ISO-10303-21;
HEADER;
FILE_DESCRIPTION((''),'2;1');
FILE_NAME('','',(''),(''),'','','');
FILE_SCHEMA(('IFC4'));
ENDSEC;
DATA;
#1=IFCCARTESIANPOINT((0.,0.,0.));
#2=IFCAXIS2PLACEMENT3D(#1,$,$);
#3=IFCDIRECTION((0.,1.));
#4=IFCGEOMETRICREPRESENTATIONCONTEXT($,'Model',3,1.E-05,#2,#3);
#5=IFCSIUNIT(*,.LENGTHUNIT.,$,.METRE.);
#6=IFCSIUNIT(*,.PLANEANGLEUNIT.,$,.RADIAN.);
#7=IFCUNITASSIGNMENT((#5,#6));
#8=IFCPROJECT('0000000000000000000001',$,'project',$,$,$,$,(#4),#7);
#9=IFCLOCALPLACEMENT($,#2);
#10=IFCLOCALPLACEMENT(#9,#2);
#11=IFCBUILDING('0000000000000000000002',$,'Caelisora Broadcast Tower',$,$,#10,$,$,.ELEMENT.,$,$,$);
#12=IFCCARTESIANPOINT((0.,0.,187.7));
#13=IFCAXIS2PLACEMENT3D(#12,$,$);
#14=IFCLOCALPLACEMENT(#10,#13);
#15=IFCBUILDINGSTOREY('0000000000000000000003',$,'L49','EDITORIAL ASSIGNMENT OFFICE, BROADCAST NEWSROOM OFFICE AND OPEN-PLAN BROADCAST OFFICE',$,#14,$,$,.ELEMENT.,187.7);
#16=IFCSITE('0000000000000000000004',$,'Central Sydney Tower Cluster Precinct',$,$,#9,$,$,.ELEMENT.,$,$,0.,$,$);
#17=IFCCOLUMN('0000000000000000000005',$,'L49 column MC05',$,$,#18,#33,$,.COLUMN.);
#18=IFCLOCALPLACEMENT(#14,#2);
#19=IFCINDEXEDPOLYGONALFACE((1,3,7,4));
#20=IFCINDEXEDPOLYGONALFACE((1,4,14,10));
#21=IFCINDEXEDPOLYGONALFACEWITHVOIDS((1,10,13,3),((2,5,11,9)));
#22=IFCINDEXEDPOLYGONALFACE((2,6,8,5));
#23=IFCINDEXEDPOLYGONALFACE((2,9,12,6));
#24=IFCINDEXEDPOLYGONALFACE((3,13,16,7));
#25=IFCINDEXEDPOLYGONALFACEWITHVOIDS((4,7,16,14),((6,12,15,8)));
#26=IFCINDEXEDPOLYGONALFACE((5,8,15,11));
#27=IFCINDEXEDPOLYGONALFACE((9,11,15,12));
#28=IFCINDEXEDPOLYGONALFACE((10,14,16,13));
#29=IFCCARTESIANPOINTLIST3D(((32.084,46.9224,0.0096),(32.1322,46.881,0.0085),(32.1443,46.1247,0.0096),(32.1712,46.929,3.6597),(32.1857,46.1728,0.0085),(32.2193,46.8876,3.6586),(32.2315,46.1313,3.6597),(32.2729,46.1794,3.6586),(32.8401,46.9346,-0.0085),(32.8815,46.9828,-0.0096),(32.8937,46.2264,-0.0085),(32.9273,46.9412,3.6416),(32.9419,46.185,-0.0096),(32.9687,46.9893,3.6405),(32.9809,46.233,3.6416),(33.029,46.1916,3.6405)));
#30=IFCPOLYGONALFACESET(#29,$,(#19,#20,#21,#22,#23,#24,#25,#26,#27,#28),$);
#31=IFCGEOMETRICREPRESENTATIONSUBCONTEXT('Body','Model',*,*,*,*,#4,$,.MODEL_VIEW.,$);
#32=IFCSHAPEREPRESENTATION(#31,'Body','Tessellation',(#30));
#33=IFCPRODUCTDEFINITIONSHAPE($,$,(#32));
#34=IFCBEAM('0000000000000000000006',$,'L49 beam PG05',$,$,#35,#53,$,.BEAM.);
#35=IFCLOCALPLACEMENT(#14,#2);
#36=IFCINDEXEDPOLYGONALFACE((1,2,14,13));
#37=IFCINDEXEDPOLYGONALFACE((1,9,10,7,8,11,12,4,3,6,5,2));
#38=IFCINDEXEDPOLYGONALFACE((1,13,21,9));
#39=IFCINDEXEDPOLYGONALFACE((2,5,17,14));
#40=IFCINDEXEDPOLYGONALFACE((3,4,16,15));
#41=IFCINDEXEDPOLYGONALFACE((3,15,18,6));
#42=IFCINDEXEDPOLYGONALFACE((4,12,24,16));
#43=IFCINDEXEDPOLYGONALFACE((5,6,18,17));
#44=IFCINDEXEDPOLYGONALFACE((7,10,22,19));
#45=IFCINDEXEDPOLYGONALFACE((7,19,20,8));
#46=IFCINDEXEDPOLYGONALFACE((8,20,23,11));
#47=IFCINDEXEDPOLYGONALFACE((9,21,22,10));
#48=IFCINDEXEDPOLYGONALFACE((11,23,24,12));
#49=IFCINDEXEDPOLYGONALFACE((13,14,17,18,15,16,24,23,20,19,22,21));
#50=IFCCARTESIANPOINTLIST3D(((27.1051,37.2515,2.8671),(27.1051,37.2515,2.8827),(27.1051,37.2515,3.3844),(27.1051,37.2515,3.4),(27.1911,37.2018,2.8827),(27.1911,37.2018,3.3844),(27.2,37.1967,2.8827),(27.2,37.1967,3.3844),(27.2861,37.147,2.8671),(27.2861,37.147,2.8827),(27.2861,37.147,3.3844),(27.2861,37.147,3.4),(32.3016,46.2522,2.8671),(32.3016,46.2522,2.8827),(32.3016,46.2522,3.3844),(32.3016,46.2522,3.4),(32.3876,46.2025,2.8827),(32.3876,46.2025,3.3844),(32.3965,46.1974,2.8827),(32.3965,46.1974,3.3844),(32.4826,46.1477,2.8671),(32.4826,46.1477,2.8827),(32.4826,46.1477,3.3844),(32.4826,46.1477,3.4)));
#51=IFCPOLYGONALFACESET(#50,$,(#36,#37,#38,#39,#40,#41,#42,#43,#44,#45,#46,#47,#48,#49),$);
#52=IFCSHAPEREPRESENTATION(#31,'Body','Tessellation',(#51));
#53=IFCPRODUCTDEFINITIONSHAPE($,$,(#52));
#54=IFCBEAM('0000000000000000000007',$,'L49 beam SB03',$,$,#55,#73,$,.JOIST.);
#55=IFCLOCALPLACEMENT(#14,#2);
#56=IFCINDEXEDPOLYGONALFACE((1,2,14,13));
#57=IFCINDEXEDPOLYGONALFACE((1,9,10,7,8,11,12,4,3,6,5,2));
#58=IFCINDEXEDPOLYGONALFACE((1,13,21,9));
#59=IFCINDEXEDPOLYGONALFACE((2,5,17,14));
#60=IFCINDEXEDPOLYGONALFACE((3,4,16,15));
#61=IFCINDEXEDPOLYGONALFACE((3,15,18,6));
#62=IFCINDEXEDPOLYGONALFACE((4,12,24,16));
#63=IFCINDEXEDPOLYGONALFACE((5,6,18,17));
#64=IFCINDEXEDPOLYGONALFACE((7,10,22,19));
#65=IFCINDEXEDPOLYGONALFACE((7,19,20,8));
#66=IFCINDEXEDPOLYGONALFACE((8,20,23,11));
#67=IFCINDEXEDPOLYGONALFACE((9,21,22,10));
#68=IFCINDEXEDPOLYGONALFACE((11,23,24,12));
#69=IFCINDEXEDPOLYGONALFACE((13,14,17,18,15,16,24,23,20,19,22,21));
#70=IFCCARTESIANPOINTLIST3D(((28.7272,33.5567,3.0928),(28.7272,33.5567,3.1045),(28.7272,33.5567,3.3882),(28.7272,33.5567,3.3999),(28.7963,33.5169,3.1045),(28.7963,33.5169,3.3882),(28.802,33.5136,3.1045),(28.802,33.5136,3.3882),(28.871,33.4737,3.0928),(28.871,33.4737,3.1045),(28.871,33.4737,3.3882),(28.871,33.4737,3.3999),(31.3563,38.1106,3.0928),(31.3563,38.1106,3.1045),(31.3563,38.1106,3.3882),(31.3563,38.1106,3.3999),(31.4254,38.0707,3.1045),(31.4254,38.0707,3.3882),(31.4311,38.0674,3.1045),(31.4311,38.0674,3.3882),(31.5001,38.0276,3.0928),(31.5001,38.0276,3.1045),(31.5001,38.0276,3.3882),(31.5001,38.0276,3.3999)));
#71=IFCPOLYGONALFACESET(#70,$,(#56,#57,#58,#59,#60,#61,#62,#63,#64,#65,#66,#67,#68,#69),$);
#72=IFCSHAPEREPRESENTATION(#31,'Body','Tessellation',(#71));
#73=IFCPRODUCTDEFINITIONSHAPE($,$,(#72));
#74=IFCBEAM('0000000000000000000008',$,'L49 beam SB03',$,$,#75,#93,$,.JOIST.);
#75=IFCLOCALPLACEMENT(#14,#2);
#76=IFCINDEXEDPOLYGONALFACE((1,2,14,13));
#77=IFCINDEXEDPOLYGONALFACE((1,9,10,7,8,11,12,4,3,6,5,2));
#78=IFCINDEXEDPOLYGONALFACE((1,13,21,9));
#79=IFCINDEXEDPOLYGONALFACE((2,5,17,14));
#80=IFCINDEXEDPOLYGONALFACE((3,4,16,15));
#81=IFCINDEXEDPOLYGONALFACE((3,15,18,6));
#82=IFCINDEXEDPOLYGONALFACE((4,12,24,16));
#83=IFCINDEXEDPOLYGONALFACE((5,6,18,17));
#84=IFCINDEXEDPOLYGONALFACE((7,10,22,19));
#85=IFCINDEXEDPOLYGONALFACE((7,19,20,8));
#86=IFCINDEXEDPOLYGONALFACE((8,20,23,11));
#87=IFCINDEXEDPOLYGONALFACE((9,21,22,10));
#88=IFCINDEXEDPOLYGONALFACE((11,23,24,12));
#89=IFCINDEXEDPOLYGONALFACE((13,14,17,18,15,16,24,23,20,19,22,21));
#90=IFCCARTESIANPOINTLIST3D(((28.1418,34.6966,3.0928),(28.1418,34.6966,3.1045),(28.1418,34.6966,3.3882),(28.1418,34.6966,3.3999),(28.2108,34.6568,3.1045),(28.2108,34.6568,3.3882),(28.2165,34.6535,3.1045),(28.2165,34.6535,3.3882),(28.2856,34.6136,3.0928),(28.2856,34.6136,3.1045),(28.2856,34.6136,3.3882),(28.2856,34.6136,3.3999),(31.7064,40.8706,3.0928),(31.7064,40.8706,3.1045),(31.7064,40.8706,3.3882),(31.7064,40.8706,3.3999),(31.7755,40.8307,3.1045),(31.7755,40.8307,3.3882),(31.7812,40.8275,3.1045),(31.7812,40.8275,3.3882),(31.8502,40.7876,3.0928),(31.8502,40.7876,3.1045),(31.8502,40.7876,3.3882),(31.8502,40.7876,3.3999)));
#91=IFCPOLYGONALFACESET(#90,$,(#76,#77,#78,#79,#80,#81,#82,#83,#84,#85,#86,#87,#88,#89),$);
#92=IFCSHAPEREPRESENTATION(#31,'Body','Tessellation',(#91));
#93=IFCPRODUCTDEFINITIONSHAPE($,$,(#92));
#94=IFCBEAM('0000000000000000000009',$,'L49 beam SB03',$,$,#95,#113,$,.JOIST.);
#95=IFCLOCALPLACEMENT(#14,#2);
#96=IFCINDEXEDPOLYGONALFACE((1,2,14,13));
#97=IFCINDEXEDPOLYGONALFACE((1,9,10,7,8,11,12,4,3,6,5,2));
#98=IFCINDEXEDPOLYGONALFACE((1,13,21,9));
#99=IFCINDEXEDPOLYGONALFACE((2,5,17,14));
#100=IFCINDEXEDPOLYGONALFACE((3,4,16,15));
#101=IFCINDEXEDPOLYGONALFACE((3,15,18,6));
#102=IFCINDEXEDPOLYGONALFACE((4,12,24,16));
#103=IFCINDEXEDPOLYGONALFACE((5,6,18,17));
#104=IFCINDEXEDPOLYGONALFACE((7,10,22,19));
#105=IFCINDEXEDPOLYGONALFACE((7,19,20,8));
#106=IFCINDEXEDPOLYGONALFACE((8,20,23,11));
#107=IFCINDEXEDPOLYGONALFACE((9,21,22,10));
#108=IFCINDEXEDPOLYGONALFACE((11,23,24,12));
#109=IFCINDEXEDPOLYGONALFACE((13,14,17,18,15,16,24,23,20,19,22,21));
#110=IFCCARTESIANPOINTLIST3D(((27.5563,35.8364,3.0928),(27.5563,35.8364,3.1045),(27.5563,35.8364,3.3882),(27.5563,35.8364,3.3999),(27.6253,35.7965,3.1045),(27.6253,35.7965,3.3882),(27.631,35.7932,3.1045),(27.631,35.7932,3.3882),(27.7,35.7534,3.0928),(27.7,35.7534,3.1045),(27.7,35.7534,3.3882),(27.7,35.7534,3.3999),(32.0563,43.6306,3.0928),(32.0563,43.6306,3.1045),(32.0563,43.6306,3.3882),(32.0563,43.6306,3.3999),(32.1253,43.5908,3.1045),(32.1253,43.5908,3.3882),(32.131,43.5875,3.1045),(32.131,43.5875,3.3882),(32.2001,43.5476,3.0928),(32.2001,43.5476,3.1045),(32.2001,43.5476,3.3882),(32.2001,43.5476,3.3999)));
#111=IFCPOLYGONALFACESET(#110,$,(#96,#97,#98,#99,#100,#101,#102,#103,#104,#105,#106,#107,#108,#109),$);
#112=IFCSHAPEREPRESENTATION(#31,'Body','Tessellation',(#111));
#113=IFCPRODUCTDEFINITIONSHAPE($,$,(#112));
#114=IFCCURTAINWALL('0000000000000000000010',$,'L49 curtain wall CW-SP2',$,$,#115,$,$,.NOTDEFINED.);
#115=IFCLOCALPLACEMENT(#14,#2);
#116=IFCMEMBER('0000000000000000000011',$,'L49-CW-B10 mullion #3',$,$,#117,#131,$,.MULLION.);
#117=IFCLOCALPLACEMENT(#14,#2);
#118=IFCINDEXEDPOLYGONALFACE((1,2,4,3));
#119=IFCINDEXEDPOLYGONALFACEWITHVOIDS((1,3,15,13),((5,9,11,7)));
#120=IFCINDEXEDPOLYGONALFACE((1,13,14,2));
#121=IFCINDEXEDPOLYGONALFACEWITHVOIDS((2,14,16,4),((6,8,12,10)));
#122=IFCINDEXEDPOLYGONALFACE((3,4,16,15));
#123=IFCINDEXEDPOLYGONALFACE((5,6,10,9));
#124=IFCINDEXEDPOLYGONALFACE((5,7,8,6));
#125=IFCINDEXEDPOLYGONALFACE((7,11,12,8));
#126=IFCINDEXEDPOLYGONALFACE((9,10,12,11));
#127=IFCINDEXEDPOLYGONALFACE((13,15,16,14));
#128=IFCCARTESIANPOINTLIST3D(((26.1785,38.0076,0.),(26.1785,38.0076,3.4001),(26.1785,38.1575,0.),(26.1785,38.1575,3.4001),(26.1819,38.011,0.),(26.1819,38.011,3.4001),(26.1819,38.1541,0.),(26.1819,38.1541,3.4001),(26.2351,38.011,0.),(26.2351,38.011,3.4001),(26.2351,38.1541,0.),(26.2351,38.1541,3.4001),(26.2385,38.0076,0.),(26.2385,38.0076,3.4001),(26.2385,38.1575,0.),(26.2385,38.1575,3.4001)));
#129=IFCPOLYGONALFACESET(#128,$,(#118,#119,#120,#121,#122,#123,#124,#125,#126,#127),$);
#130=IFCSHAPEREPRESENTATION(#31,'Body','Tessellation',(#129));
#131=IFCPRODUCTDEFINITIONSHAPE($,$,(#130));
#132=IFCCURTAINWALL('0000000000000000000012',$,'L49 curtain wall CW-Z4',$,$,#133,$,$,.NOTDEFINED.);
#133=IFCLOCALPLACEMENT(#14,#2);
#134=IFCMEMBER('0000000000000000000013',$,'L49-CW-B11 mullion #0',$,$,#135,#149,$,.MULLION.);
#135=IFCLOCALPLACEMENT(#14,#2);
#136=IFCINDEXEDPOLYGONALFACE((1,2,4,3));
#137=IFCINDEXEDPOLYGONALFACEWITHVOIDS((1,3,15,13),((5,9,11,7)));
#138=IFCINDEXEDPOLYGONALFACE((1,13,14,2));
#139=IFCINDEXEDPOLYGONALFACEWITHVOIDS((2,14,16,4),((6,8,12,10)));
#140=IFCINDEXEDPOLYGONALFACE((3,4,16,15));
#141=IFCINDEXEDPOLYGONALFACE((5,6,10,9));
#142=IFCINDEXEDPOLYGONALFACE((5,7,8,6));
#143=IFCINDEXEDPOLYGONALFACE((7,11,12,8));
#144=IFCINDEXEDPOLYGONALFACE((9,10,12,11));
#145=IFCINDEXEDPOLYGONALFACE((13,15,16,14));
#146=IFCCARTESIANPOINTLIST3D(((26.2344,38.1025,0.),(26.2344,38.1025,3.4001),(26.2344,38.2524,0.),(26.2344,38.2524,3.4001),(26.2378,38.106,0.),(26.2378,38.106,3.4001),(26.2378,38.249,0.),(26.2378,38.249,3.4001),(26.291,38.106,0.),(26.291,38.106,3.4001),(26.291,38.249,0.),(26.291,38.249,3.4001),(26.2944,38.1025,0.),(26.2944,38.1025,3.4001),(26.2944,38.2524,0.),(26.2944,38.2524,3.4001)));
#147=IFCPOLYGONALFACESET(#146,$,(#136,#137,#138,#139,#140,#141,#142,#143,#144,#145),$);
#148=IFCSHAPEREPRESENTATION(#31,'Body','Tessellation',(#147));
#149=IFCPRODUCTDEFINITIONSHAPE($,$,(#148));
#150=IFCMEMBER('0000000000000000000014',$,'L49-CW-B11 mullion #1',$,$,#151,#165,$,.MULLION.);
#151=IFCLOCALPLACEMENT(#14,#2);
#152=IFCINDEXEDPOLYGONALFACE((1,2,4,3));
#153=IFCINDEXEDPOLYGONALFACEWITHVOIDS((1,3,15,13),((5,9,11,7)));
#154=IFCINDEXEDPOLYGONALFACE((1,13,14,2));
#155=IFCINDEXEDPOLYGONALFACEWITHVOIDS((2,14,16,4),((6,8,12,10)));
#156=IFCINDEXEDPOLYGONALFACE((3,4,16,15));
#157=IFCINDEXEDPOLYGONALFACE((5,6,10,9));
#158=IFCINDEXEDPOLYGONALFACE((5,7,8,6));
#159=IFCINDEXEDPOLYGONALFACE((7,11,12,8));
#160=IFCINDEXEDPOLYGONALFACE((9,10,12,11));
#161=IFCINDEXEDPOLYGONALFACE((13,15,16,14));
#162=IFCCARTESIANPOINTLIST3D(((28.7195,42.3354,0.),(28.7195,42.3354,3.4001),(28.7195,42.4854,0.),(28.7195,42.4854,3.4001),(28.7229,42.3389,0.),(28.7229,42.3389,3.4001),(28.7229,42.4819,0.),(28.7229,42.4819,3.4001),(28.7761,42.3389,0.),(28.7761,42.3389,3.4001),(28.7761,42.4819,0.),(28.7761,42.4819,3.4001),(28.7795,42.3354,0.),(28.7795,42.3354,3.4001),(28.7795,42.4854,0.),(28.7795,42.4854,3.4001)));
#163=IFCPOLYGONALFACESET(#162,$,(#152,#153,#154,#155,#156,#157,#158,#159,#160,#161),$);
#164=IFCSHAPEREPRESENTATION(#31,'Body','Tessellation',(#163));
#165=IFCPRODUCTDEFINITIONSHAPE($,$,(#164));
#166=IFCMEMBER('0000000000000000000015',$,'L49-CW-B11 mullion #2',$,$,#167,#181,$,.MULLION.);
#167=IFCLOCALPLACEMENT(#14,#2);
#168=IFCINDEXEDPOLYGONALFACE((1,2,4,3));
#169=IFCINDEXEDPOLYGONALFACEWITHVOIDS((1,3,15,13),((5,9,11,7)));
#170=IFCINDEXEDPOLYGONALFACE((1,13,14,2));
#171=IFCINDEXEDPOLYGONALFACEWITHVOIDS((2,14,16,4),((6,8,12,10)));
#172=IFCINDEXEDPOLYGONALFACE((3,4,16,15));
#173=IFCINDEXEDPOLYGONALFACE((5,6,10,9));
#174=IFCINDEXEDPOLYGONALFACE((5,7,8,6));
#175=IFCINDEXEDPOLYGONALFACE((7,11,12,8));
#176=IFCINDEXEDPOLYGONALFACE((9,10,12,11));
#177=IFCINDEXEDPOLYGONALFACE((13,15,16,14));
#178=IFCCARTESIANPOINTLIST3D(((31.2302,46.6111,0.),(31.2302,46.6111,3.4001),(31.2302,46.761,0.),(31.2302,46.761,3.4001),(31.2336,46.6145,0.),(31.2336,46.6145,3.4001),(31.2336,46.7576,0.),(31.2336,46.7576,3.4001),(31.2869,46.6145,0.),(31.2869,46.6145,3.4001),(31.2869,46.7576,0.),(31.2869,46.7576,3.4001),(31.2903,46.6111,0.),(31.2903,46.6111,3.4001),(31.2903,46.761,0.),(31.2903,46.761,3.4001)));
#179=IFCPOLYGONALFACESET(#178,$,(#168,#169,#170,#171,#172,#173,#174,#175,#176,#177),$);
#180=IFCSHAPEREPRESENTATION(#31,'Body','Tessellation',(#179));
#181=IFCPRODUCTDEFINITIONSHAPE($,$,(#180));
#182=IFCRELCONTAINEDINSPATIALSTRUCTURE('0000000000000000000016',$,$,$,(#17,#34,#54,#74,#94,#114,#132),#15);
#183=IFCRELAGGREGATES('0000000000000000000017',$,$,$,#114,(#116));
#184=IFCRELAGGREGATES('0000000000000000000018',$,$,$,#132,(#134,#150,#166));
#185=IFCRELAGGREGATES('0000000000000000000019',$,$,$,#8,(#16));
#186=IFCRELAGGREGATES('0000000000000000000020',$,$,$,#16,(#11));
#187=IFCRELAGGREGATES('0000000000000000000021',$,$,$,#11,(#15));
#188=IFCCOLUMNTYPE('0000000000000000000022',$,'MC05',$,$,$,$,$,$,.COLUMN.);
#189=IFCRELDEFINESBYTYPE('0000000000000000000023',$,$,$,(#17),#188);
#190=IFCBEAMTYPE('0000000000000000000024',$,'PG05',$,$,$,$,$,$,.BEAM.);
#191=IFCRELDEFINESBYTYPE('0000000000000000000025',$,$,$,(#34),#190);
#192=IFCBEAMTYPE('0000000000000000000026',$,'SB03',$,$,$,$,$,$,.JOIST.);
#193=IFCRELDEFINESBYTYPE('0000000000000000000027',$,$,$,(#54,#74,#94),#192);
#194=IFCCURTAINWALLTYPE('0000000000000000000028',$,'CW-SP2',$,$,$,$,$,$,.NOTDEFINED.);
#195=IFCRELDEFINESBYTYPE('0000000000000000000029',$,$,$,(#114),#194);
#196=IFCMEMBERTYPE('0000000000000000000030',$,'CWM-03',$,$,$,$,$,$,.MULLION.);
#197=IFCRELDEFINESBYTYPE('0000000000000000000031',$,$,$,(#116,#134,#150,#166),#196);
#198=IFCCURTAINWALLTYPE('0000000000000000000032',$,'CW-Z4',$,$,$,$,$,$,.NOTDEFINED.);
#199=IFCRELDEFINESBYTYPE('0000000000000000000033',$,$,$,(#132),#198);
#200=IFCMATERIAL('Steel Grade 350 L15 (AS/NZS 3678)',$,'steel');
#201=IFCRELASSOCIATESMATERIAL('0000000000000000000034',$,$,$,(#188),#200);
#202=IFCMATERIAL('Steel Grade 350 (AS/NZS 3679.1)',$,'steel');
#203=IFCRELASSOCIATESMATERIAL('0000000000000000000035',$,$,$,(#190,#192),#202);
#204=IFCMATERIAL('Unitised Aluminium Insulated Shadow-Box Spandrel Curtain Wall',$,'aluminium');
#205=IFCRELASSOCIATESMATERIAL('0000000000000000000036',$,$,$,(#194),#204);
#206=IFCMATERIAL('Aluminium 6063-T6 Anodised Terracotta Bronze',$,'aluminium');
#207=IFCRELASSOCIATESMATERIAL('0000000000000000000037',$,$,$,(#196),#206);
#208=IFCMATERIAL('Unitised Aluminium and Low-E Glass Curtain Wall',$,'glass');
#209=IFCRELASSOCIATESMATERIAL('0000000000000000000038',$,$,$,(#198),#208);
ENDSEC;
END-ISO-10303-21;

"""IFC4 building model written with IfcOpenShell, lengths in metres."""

from ifc_helpers import new_model, si_unit, direction, frame, origin, origin_2d, place, context, subcontext, project, spatial, hollow_rectangle, i_section, extrude, source, transform, mapped, material, material_profile, profile_set, type_object, type_shapes, element, aggregate, save


model = new_model("IFC4")

# Units and contexts
model_context = context("Model", 3, precision=1e-05, world=origin(), true_north=direction((0.0, 1.0)))
body_context = subcontext(model_context, "Body", "Model", "MODEL_VIEW")
ifc_project = project(units=[si_unit("LENGTHUNIT", "METRE"), si_unit("PLANEANGLEUNIT", "RADIAN")], contexts=[model_context])

# Site, building, storey
site_placement = place(None, origin())
site = spatial("IfcSite", under=ifc_project, at=site_placement, Name="Central Sydney Tower Cluster Precinct", CompositionType="ELEMENT", RefElevation=0.0)
building_placement = place(site_placement, origin())
building = spatial("IfcBuilding", under=site, at=building_placement, Name="Caelisora Broadcast Tower", CompositionType="ELEMENT")
storey_placement = place(building_placement, frame((0.0, 0.0, 187.7)))
storey = spatial("IfcBuildingStorey", under=building, at=storey_placement, Name="L49", Description="EDITORIAL ASSIGNMENT OFFICE, BROADCAST NEWSROOM OFFICE AND OPEN-PLAN BROADCAST OFFICE", CompositionType="ELEMENT", Elevation=187.7)

# Column
ifc_material_1 = material(Name="Steel Grade 350 L15 (AS/NZS 3678)", Category="steel")
ifc_material_profile_1 = material_profile(ifc_material_1, hollow_rectangle(XDim=0.8, YDim=0.8, WallThickness=0.0449, at=origin_2d()), Name="Steel Grade 350 L15 (AS/NZS 3678)")
ifc_profile_set_1 = profile_set([ifc_material_profile_1], Name="Steel Grade 350 L15 (AS/NZS 3678)")
column_type = type_object("IfcColumnType", Name="MC05", PredefinedType="COLUMN", material=ifc_profile_set_1)
shared_shape_1 = source(origin(), body_context, "Body", "SweptSolid", [
    extrude(hollow_rectangle(XDim=0.8, YDim=0.8, WallThickness=0.0449, at=origin_2d()), origin(), (0.0, 0.0, 1.0), 3.6511),
])
type_shapes(column_type, [shared_shape_1])
column_placement = place(storey_placement, frame((32.5129, 46.5537, 0.0), z_axis=(0.023871, 0.001805, 0.999713), x_axis=(-0.075415, 0.997152, 0.0)))
element("IfcColumn", 1, at=column_placement, inside=storey, type_object=column_type, Name="L49 column MC05", PredefinedType="COLUMN", context=body_context, shape_type="MappedRepresentation", body=[
    mapped(shared_shape_1, transform((0.0, 0.0, 0.0), scale=1.0)),
])

# Beams
ifc_material_2 = material(Name="Steel Grade 350 (AS/NZS 3679.1)", Category="steel")
ifc_material_profile_2 = material_profile(ifc_material_2, i_section(OverallWidth=0.209, OverallDepth=0.533, WebThickness=0.0103, FlangeThickness=0.0156, at=origin_2d()), Name="Steel Grade 350 (AS/NZS 3679.1)")
ifc_profile_set_2 = profile_set([ifc_material_profile_2], Name="Steel Grade 350 (AS/NZS 3679.1)")
beam_type_1 = type_object("IfcBeamType", Name="PG05", PredefinedType="BEAM", material=ifc_profile_set_2)
shared_shape_2 = source(origin(), body_context, "Body", "SweptSolid", [
    extrude(i_section(OverallWidth=0.209, OverallDepth=0.533, WebThickness=0.0103, FlangeThickness=0.0156, at=origin_2d()), origin(), (0.0, 0.0, 1.0), 10.3931),
])
type_shapes(beam_type_1, [shared_shape_2])
beam_1_placement = place(storey_placement, frame((32.3921, 46.2, 3.1335), z_axis=(-0.499997, -0.866027, 0.0), x_axis=(0.866027, -0.499997, 0.0)))
element("IfcBeam", 2, at=beam_1_placement, inside=storey, type_object=beam_type_1, Name="L49 beam PG05", PredefinedType="BEAM", context=body_context, shape_type="MappedRepresentation", body=[
    mapped(shared_shape_2, transform((0.0, 0.0, 0.0), scale=1.0)),
])
ifc_material_profile_3 = material_profile(ifc_material_2, i_section(OverallWidth=0.166, OverallDepth=0.3071, WebThickness=0.0066, FlangeThickness=0.0117, at=origin_2d()), Name="Steel Grade 350 (AS/NZS 3679.1)")
ifc_profile_set_3 = profile_set([ifc_material_profile_3], Name="Steel Grade 350 (AS/NZS 3679.1)")
beam_type_2 = type_object("IfcBeamType", Name="SB03", PredefinedType="JOIST", material=ifc_profile_set_3)
shared_shape_3 = source(origin(), body_context, "Body", "SweptSolid", [
    extrude(i_section(OverallWidth=0.166, OverallDepth=0.3071, WebThickness=0.0066, FlangeThickness=0.0117, at=origin_2d()), origin(), (0.0, 0.0, 1.0), 5.2583),
])
beam_2_placement = place(storey_placement, frame((31.4282, 38.0691, 3.2463), z_axis=(-0.499989, -0.866032, 0.0), x_axis=(0.866032, -0.499989, 0.0)))
element("IfcBeam", 3, at=beam_2_placement, inside=storey, type_object=beam_type_2, Name="L49 beam SB03", PredefinedType="JOIST", context=body_context, shape_type="MappedRepresentation", body=[
    mapped(shared_shape_3, transform((0.0, 0.0, 0.0), scale=1.0)),
])
shared_shape_4 = source(origin(), body_context, "Body", "SweptSolid", [
    extrude(i_section(OverallWidth=0.166, OverallDepth=0.3071, WebThickness=0.0066, FlangeThickness=0.0117, at=origin_2d()), origin(), (0.0, 0.0, 1.0), 7.1292),
])
beam_3_placement = place(storey_placement, frame((31.7783, 40.8291, 3.2463), z_axis=(-0.50001, -0.86602, 0.0), x_axis=(0.86602, -0.50001, 0.0)))
element("IfcBeam", 4, at=beam_3_placement, inside=storey, type_object=beam_type_2, Name="L49 beam SB03", PredefinedType="JOIST", context=body_context, shape_type="MappedRepresentation", body=[
    mapped(shared_shape_4, transform((0.0, 0.0, 0.0), scale=1.0)),
])
shared_shape_5 = source(origin(), body_context, "Body", "SweptSolid", [
    extrude(i_section(OverallWidth=0.166, OverallDepth=0.3071, WebThickness=0.0066, FlangeThickness=0.0117, at=origin_2d()), origin(), (0.0, 0.0, 1.0), 9.0),
])
type_shapes(beam_type_2, [shared_shape_3, shared_shape_4, shared_shape_5])
beam_4_placement = place(storey_placement, frame((32.1282, 43.5891, 3.2463), z_axis=(-0.500002, -0.866024, 0.0), x_axis=(0.866024, -0.500002, 0.0)))
element("IfcBeam", 5, at=beam_4_placement, inside=storey, type_object=beam_type_2, Name="L49 beam SB03", PredefinedType="JOIST", context=body_context, shape_type="MappedRepresentation", body=[
    mapped(shared_shape_5, transform((0.0, 0.0, 0.0), scale=1.0)),
])

# Curtain wall, member
ifc_material_3 = material(Name="Unitised Aluminium Insulated Shadow-Box Spandrel Curtain Wall", Category="aluminium")
curtain_wall_type_1 = type_object("IfcCurtainWallType", Name="CW-SP2", PredefinedType="NOTDEFINED", material=ifc_material_3)
curtain_wall_1_placement = place(storey_placement, origin())
curtain_wall_1 = element("IfcCurtainWall", 6, at=curtain_wall_1_placement, inside=storey, type_object=curtain_wall_type_1, Name="L49 curtain wall CW-SP2", PredefinedType="NOTDEFINED")
ifc_material_4 = material(Name="Aluminium 6063-T6 Anodised Terracotta Bronze", Category="aluminium")
ifc_material_profile_4 = material_profile(ifc_material_4, hollow_rectangle(XDim=0.0601, YDim=0.1499, WallThickness=0.0034, at=origin_2d()), Name="Aluminium 6063-T6 Anodised Terracotta Bronze")
ifc_profile_set_4 = profile_set([ifc_material_profile_4], Name="Aluminium 6063-T6 Anodised Terracotta Bronze")
member_type_1 = type_object("IfcMemberType", Name="CWM-03", PredefinedType="MULLION", material=ifc_profile_set_4)
shared_shape_6 = source(origin(), body_context, "Body", "SweptSolid", [
    extrude(hollow_rectangle(XDim=0.0601, YDim=0.1499, WallThickness=0.0034, at=origin_2d()), origin(), (0.0, 0.0, 1.0), 3.4001),
])
type_shapes(member_type_1, [shared_shape_6])
member_1_placement = place(storey_placement, frame((26.2085, 38.0825, 0.0), z_axis=(0.0, 0.0, 1.0), x_axis=(1.0, 0.0, 0.0)))
member_1 = element("IfcMember", 7, at=member_1_placement, type_object=member_type_1, Name="L49-CW-B10 mullion #3", PredefinedType="MULLION", context=body_context, shape_type="MappedRepresentation", body=[
    mapped(shared_shape_6, transform((0.0, 0.0, 0.0), scale=1.0)),
])
aggregate(curtain_wall_1, [member_1])

# Curtain wall, members
ifc_material_5 = material(Name="Unitised Aluminium and Low-E Glass Curtain Wall", Category="glass")
curtain_wall_type_2 = type_object("IfcCurtainWallType", Name="CW-Z4", PredefinedType="NOTDEFINED", material=ifc_material_5)
curtain_wall_2_placement = place(storey_placement, origin())
curtain_wall_2 = element("IfcCurtainWall", 8, at=curtain_wall_2_placement, inside=storey, type_object=curtain_wall_type_2, Name="L49 curtain wall CW-Z4", PredefinedType="NOTDEFINED")
member_2_placement = place(storey_placement, frame((26.2644, 38.1775, 0.0), z_axis=(0.0, 0.0, 1.0), x_axis=(1.0, 0.0, 0.0)))
member_2 = element("IfcMember", 9, at=member_2_placement, type_object=member_type_1, Name="L49-CW-B11 mullion #0", PredefinedType="MULLION", context=body_context, shape_type="MappedRepresentation", body=[
    mapped(shared_shape_6, transform((0.0, 0.0, 0.0), scale=1.0)),
])
member_3_placement = place(storey_placement, frame((28.7495, 42.4104, 0.0), z_axis=(0.0, 0.0, 1.0), x_axis=(1.0, 0.0, 0.0)))
member_3 = element("IfcMember", 10, at=member_3_placement, type_object=member_type_1, Name="L49-CW-B11 mullion #1", PredefinedType="MULLION", context=body_context, shape_type="MappedRepresentation", body=[
    mapped(shared_shape_6, transform((0.0, 0.0, 0.0), scale=1.0)),
])
member_4_placement = place(storey_placement, frame((31.2603, 46.686, 0.0), z_axis=(0.0, 0.0, 1.0), x_axis=(1.0, 0.0, 0.0)))
member_4 = element("IfcMember", 11, at=member_4_placement, type_object=member_type_1, Name="L49-CW-B11 mullion #2", PredefinedType="MULLION", context=body_context, shape_type="MappedRepresentation", body=[
    mapped(shared_shape_6, transform((0.0, 0.0, 0.0), scale=1.0)),
])

aggregate(curtain_wall_2, [member_2, member_3, member_4])

save(model, "model.ifc")
